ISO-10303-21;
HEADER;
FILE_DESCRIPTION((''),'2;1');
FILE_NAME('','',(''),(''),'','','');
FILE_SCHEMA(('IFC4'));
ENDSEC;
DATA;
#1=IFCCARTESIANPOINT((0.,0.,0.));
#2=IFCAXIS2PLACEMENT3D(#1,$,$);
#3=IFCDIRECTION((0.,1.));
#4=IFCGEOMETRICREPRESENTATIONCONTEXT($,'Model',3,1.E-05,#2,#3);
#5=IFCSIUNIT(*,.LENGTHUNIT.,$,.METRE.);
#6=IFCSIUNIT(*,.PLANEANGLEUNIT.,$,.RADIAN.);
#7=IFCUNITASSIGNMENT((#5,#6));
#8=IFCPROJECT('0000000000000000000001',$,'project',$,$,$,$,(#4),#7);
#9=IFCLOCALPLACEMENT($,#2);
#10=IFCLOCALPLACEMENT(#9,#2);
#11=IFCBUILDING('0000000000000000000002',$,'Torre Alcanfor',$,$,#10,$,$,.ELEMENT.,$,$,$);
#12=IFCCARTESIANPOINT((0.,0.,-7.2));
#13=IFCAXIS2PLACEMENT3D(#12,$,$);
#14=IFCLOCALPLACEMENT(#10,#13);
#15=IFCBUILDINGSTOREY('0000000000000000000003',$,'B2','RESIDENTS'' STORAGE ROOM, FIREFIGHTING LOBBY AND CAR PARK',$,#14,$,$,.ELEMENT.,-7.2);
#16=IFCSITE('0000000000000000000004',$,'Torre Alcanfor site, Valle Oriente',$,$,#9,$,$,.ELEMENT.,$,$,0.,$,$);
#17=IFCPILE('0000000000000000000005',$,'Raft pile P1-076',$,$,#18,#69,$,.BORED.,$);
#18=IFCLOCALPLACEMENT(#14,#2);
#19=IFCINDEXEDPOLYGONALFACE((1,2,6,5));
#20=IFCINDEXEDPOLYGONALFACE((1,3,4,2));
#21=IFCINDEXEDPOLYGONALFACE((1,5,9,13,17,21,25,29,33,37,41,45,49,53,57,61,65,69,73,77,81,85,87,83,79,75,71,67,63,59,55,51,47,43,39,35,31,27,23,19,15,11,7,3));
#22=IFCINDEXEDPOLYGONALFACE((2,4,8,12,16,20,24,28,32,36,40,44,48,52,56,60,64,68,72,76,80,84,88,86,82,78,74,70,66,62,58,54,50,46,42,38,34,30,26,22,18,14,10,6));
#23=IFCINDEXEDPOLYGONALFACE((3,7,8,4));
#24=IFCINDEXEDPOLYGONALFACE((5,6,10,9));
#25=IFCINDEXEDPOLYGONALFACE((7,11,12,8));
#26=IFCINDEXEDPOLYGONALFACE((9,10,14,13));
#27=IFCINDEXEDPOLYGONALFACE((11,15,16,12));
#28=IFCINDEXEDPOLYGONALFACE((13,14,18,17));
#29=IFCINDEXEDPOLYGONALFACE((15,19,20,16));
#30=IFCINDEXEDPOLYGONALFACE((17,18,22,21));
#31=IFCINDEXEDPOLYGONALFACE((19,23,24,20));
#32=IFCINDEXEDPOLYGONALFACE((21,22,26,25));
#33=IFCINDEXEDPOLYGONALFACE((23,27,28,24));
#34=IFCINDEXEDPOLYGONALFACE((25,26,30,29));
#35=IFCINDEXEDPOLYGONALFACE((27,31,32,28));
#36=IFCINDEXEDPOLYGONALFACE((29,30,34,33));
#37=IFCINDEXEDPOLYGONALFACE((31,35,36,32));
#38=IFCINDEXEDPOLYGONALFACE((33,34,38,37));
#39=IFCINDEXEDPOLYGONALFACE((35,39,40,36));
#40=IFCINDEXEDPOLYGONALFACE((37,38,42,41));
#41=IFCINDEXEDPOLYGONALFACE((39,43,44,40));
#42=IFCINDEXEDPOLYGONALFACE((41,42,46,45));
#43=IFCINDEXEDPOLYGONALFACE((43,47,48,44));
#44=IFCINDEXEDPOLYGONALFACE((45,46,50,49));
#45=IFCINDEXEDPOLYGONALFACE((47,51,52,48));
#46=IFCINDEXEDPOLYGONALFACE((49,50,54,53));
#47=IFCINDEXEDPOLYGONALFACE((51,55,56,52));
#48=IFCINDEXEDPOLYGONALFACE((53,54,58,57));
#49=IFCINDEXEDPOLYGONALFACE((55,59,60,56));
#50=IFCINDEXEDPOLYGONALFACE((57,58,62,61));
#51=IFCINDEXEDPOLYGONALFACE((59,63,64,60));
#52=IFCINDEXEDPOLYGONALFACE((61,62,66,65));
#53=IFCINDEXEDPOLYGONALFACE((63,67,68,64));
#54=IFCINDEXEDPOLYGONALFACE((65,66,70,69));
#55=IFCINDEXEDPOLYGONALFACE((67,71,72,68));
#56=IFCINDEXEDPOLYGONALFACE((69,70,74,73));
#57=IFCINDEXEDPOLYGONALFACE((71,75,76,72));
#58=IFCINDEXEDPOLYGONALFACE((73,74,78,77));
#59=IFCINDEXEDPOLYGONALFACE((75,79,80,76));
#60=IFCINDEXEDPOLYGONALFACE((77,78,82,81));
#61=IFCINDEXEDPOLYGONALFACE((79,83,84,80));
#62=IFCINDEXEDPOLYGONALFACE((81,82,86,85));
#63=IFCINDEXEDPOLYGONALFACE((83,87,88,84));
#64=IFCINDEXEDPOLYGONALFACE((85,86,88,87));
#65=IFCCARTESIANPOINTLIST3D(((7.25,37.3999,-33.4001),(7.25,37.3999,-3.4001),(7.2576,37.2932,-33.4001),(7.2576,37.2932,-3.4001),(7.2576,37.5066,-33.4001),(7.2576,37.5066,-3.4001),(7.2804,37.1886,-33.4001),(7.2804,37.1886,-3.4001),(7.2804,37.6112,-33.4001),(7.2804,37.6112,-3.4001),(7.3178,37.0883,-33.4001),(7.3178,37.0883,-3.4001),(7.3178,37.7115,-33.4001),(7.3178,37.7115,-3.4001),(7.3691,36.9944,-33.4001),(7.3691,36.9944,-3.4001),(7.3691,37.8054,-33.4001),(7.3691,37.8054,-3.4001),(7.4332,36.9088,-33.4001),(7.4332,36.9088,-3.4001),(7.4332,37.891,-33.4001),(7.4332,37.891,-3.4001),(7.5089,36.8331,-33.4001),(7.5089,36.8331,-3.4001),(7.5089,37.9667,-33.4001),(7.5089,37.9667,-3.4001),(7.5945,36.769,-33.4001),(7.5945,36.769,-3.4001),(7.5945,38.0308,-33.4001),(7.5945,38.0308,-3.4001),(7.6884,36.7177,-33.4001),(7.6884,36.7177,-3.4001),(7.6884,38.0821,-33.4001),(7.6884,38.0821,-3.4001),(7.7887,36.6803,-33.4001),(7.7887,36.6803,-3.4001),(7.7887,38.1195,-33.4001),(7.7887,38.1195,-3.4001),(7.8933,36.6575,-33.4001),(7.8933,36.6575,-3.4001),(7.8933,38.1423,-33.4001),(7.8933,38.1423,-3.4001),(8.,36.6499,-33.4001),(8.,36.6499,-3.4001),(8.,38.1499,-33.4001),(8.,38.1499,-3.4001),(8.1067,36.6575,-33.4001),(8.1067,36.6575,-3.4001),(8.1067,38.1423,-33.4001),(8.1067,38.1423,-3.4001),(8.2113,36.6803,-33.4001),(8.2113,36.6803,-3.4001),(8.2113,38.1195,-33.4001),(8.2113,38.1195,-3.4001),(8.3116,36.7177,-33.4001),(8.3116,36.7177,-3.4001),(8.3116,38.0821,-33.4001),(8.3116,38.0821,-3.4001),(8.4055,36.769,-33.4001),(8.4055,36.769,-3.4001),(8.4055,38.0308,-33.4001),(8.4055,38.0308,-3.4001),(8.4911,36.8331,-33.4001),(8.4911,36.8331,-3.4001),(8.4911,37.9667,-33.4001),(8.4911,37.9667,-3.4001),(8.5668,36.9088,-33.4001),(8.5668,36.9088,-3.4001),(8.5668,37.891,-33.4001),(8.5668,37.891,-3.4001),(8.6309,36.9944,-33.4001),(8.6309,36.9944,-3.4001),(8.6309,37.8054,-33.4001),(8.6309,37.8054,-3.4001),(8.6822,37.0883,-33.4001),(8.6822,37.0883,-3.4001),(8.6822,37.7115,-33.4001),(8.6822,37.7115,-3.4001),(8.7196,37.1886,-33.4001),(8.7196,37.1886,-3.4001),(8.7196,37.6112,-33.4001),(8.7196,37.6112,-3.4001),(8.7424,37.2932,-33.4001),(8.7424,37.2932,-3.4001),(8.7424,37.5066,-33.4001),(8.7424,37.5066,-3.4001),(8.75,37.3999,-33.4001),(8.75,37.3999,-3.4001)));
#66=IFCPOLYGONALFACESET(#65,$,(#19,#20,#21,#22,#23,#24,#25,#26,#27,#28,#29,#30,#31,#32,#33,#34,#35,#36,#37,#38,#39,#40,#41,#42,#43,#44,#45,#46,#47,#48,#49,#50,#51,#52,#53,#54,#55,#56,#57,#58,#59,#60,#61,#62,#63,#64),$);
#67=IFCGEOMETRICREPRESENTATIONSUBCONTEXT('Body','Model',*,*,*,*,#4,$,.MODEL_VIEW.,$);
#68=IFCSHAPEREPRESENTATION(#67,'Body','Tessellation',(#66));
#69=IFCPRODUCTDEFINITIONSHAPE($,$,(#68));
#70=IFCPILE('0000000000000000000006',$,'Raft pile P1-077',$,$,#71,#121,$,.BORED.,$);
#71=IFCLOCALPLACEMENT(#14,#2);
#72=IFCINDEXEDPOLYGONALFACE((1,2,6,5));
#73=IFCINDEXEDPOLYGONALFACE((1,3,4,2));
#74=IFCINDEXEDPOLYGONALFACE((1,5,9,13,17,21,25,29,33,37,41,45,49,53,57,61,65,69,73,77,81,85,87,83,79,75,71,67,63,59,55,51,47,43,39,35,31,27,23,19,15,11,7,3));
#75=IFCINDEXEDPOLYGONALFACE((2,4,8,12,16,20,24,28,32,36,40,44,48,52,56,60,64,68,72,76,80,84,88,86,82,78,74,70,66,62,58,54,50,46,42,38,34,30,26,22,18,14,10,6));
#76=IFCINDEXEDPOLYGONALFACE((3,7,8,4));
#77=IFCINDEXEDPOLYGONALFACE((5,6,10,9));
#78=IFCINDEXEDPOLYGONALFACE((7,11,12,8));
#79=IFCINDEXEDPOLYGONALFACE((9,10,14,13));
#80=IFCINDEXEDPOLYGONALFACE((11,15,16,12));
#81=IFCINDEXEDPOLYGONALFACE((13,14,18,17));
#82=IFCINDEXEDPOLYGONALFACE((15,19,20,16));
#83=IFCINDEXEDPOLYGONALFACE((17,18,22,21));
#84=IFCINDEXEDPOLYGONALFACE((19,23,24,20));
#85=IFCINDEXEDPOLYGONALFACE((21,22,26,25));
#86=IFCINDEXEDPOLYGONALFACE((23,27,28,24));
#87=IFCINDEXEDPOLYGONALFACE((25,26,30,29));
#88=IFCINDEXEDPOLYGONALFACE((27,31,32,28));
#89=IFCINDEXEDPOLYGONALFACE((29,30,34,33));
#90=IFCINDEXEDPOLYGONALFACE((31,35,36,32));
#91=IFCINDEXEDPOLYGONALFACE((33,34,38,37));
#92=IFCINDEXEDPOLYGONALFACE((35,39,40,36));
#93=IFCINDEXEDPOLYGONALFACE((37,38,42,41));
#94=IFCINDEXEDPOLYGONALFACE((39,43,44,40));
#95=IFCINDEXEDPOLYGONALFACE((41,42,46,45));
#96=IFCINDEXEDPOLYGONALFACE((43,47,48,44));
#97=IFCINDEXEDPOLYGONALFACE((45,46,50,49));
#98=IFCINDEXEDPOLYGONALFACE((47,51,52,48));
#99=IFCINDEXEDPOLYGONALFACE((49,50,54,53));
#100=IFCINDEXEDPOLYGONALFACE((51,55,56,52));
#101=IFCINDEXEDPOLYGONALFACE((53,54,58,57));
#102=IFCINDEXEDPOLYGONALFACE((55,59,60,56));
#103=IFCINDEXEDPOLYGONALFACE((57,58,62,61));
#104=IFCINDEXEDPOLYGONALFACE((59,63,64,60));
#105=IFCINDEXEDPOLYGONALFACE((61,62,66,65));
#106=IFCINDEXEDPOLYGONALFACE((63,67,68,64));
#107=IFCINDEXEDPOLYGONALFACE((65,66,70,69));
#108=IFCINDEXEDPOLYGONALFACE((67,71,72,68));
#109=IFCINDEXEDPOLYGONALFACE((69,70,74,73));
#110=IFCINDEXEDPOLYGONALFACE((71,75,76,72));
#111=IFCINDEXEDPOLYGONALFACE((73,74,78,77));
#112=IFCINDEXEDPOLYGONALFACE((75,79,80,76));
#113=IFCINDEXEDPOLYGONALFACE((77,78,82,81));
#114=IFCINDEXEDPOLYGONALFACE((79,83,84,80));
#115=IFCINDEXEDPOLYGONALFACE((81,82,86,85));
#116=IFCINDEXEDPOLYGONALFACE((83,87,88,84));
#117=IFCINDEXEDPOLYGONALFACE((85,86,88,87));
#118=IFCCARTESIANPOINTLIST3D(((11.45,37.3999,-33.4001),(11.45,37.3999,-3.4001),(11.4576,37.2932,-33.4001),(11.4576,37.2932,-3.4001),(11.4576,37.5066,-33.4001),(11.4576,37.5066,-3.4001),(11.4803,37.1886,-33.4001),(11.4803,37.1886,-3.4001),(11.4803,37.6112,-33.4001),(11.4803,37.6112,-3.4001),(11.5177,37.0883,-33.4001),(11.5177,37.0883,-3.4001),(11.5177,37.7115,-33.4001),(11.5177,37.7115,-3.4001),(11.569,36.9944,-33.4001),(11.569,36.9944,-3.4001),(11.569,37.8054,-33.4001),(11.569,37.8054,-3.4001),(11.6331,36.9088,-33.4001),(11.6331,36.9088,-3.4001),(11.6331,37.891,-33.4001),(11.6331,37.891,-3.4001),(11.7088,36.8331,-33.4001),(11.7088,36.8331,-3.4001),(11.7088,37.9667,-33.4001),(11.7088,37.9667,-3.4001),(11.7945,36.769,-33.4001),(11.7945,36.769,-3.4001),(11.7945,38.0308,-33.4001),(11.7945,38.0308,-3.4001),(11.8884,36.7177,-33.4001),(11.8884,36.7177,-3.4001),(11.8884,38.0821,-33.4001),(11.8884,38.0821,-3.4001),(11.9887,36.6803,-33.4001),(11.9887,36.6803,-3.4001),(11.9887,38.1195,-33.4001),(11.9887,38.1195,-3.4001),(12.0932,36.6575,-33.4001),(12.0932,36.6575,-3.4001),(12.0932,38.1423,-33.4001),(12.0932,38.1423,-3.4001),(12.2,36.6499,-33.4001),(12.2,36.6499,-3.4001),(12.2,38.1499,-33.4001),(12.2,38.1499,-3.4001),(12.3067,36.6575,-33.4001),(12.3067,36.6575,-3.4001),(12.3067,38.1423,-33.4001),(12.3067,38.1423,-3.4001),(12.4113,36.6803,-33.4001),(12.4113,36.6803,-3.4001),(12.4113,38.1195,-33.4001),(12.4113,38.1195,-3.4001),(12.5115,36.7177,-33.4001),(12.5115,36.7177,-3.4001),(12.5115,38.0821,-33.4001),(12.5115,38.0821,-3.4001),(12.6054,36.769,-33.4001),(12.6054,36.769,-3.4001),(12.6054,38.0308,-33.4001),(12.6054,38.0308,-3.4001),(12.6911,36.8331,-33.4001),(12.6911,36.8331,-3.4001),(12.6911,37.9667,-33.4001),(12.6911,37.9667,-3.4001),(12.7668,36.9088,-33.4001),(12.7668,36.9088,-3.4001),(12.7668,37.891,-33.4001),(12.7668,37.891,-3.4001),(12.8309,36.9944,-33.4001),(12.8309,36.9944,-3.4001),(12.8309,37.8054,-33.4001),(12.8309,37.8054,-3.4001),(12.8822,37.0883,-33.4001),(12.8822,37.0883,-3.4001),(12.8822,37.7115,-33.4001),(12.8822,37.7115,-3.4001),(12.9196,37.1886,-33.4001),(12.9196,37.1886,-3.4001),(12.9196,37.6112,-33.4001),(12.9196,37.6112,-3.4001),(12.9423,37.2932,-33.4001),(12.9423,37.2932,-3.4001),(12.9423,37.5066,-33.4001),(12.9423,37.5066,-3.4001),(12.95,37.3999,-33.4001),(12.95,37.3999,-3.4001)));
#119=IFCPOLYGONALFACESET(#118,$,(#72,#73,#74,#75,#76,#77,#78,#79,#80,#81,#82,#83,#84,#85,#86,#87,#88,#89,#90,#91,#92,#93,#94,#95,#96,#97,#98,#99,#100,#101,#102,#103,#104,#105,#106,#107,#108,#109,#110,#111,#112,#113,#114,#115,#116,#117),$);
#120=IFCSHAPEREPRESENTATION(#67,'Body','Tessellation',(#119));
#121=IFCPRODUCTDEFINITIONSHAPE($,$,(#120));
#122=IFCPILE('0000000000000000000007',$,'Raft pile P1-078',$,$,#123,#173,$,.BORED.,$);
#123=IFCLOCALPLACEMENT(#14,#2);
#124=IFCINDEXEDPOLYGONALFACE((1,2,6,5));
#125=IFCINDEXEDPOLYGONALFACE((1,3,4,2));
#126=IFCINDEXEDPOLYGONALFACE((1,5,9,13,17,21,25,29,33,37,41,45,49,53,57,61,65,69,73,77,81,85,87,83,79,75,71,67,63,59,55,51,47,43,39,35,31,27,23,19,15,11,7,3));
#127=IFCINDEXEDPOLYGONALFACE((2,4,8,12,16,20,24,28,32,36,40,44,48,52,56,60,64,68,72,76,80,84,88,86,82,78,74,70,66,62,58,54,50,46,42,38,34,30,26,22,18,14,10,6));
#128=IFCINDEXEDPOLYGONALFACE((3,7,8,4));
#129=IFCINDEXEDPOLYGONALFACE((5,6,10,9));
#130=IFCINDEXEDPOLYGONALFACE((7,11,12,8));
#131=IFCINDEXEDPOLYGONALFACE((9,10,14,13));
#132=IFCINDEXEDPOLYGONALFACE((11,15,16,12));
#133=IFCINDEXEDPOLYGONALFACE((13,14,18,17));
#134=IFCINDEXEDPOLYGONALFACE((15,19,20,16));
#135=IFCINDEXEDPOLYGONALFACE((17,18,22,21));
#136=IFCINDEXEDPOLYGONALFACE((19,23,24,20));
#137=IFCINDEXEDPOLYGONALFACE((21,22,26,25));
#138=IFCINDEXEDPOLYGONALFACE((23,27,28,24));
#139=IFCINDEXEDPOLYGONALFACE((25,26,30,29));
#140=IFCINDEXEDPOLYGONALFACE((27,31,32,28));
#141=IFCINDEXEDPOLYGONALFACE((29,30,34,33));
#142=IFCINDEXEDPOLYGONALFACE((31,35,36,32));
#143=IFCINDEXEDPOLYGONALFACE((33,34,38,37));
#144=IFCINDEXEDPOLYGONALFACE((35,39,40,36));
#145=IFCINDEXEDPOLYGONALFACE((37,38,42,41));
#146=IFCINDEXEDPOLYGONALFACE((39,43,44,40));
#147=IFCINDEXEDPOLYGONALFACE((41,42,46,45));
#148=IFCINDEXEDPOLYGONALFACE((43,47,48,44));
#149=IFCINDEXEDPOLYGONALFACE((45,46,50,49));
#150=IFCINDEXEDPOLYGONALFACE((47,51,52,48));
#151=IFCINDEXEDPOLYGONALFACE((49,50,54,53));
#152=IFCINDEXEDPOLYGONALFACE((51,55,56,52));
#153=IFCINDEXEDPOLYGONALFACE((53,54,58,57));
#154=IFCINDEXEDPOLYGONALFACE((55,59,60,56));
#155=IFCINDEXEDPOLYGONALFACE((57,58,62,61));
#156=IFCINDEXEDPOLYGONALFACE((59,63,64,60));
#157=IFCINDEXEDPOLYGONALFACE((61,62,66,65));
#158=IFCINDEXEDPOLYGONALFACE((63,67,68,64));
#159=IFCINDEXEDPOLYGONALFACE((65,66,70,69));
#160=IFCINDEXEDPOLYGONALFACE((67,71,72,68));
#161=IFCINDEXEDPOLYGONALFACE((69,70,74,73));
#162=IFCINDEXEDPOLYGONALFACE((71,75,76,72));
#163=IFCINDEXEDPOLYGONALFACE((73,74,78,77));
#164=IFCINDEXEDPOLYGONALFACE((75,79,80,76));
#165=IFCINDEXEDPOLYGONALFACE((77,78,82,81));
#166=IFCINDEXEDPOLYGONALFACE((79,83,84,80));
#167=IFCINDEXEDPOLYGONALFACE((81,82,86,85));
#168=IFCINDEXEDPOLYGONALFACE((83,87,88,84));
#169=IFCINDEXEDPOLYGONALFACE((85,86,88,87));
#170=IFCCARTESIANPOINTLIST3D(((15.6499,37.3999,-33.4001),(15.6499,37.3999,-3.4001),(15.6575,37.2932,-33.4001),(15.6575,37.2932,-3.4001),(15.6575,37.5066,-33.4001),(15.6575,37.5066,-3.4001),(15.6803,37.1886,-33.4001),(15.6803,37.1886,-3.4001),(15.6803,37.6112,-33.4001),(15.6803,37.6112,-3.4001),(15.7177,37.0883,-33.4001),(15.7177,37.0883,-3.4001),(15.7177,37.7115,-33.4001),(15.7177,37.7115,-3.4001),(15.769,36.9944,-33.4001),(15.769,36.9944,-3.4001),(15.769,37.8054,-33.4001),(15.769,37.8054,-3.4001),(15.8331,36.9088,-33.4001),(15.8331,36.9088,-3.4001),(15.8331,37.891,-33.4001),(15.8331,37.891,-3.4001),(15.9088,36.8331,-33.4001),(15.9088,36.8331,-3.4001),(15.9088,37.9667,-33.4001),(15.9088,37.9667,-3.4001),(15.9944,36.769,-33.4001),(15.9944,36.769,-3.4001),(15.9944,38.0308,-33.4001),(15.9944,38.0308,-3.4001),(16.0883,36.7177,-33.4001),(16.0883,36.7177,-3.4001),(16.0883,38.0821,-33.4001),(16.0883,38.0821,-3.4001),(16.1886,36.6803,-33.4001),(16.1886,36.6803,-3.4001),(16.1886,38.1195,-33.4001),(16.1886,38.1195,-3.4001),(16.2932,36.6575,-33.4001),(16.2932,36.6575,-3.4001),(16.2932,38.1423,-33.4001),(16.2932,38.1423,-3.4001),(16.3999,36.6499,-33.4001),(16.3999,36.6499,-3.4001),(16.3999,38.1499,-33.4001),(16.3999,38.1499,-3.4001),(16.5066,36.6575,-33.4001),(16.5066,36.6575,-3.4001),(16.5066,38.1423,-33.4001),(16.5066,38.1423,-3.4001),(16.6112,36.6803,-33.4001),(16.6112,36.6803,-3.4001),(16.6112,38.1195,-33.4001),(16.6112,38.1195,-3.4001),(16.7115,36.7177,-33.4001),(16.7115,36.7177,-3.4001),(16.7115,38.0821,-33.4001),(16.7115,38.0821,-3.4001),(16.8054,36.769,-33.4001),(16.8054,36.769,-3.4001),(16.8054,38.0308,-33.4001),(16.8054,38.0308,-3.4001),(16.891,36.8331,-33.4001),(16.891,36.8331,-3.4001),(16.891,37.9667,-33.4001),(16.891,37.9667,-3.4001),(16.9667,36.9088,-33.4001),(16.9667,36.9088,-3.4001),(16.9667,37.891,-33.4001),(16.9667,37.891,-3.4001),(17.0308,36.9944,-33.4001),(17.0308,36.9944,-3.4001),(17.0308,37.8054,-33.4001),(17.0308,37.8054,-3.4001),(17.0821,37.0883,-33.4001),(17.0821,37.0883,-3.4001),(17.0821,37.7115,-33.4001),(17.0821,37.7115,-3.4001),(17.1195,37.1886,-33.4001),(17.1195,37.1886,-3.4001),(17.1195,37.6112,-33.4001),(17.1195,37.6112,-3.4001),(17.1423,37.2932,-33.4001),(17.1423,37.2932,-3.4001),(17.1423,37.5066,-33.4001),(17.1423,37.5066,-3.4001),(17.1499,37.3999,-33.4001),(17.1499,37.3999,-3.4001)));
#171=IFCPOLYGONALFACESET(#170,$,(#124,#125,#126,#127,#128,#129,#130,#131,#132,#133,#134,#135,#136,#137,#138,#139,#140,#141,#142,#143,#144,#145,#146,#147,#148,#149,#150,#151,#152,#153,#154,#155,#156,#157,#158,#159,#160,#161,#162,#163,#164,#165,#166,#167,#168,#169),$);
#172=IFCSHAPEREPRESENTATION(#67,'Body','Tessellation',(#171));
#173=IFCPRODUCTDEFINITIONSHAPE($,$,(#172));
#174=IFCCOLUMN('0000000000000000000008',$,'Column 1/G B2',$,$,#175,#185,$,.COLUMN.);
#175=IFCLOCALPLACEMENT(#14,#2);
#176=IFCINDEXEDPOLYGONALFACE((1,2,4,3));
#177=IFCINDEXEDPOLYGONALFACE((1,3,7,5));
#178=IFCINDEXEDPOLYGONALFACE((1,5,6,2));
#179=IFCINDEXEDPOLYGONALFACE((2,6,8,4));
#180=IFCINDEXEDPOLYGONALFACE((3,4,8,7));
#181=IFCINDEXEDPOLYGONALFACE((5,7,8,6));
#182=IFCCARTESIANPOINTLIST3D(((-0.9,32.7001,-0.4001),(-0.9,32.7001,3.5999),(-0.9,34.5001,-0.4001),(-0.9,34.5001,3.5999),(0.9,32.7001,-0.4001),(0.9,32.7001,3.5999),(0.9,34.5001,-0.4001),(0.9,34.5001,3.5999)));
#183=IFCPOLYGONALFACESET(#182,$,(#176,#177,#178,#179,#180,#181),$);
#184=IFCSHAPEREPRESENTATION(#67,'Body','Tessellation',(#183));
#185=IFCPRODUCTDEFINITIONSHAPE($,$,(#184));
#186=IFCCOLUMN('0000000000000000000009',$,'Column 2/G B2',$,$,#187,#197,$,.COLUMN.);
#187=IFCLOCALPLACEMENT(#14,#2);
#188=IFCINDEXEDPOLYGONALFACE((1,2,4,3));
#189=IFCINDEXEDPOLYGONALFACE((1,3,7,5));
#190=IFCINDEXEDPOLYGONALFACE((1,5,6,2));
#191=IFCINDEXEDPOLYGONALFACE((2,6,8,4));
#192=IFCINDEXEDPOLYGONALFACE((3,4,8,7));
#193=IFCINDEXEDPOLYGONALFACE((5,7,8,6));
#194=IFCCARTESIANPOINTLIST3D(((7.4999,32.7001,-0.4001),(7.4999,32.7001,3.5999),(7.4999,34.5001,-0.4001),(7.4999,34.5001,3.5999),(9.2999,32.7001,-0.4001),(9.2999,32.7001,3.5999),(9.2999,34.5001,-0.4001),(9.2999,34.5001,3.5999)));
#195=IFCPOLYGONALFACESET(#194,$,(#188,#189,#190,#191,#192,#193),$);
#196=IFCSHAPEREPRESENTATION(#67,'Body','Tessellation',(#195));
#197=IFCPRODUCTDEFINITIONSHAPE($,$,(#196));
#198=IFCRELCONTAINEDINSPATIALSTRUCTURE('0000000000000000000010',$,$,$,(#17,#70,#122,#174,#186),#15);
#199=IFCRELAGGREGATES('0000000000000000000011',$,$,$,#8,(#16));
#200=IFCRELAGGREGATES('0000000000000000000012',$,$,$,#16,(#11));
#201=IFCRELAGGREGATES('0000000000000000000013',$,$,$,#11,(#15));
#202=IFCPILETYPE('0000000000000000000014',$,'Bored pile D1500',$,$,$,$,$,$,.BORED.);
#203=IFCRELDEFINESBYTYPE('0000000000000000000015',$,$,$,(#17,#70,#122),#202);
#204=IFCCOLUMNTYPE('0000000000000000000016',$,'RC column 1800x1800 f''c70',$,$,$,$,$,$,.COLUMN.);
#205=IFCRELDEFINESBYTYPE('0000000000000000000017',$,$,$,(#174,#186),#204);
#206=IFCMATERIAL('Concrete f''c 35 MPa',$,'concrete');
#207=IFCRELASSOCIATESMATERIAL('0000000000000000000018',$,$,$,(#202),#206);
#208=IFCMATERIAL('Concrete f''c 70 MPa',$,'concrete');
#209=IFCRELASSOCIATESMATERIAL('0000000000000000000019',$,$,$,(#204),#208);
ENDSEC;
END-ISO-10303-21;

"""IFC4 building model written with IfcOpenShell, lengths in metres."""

from ifc_helpers import new_model, si_unit, direction, frame, origin, origin_2d, place, context, subcontext, project, spatial, rectangle, circle, extrude, material, material_profile, profile_set, type_object, element, save


model = new_model("IFC4")

# Units and contexts
model_context = context("Model", 3, precision=1e-05, world=origin(), true_north=direction((0.0, 1.0)))
body_context = subcontext(model_context, "Body", "Model", "MODEL_VIEW")
ifc_project = project(units=[si_unit("LENGTHUNIT", "METRE"), si_unit("PLANEANGLEUNIT", "RADIAN")], contexts=[model_context])

# Site, building, storey
site_placement = place(None, origin())
site = spatial("IfcSite", under=ifc_project, at=site_placement, Name="Torre Alcanfor site, Valle Oriente", CompositionType="ELEMENT", RefElevation=0.0)
building_placement = place(site_placement, origin())
building = spatial("IfcBuilding", under=site, at=building_placement, Name="Torre Alcanfor", CompositionType="ELEMENT")
storey_placement = place(building_placement, frame((0.0, 0.0, -7.2)))
storey = spatial("IfcBuildingStorey", under=building, at=storey_placement, Name="B2", Description="RESIDENTS' STORAGE ROOM, FIREFIGHTING LOBBY AND CAR PARK", CompositionType="ELEMENT", Elevation=-7.2)

# Piles
ifc_material_1 = material(Name="Concrete f'c 35 MPa", Category="concrete")
ifc_material_profile_1 = material_profile(ifc_material_1, circle(Radius=0.75, at=origin_2d()), Name="D1500")
ifc_profile_set_1 = profile_set([ifc_material_profile_1], Name="Concrete f'c 35 MPa")
pile_type = type_object("IfcPileType", Name="Bored pile D1500", PredefinedType="BORED", material=ifc_profile_set_1)
for number, where, z_axis, x_axis, name in (
    (1, (8.0, 37.3999, -3.4001), (0.0, 0.0, -1.0), (1.0, 0.0, 0.0), "Raft pile P1-076"),
    (2, (12.2, 37.3999, -3.4001), (0.0, 0.0, -1.0), (1.0, 0.0, 0.0), "Raft pile P1-077"),
    (3, (16.3999, 37.3999, -3.4001), (0.0, 0.0, -1.0), (1.0, 0.0, 0.0), "Raft pile P1-078"),
):
    element("IfcPile", number, at=place(storey_placement, frame(where, z_axis=z_axis, x_axis=x_axis)), inside=storey, type_object=pile_type, Name=name, PredefinedType="BORED", context=body_context, shape_type="SweptSolid", body=[
        extrude(circle(Radius=0.75, at=origin_2d()), origin(), (0.0, 0.0, 1.0), 30.0),
    ])

# Columns
ifc_material_2 = material(Name="Concrete f'c 70 MPa", Category="concrete")
ifc_material_profile_2 = material_profile(ifc_material_2, rectangle(XDim=1.8, YDim=1.8, at=origin_2d()), Name="1800x1800")
ifc_profile_set_2 = profile_set([ifc_material_profile_2], Name="Concrete f'c 70 MPa")
column_type = type_object("IfcColumnType", Name="RC column 1800x1800 f'c70", PredefinedType="COLUMN", material=ifc_profile_set_2)
for number, where, z_axis, x_axis, name in (
    (4, (0.0, 33.6001, -0.4001), (0.0, 0.0, 1.0), (1.0, 0.0, 0.0), "Column 1/G B2"),
    (5, (8.3999, 33.6001, -0.4001), (0.0, 0.0, 1.0), (1.0, 0.0, 0.0), "Column 2/G B2"),
):
    element("IfcColumn", number, at=place(storey_placement, frame(where, z_axis=z_axis, x_axis=x_axis)), inside=storey, type_object=column_type, Name=name, PredefinedType="COLUMN", context=body_context, shape_type="SweptSolid", body=[
        extrude(rectangle(XDim=1.8, YDim=1.8, at=origin_2d()), origin(), (0.0, 0.0, 1.0), 4.0),
    ])

save(model, "model.ifc")
